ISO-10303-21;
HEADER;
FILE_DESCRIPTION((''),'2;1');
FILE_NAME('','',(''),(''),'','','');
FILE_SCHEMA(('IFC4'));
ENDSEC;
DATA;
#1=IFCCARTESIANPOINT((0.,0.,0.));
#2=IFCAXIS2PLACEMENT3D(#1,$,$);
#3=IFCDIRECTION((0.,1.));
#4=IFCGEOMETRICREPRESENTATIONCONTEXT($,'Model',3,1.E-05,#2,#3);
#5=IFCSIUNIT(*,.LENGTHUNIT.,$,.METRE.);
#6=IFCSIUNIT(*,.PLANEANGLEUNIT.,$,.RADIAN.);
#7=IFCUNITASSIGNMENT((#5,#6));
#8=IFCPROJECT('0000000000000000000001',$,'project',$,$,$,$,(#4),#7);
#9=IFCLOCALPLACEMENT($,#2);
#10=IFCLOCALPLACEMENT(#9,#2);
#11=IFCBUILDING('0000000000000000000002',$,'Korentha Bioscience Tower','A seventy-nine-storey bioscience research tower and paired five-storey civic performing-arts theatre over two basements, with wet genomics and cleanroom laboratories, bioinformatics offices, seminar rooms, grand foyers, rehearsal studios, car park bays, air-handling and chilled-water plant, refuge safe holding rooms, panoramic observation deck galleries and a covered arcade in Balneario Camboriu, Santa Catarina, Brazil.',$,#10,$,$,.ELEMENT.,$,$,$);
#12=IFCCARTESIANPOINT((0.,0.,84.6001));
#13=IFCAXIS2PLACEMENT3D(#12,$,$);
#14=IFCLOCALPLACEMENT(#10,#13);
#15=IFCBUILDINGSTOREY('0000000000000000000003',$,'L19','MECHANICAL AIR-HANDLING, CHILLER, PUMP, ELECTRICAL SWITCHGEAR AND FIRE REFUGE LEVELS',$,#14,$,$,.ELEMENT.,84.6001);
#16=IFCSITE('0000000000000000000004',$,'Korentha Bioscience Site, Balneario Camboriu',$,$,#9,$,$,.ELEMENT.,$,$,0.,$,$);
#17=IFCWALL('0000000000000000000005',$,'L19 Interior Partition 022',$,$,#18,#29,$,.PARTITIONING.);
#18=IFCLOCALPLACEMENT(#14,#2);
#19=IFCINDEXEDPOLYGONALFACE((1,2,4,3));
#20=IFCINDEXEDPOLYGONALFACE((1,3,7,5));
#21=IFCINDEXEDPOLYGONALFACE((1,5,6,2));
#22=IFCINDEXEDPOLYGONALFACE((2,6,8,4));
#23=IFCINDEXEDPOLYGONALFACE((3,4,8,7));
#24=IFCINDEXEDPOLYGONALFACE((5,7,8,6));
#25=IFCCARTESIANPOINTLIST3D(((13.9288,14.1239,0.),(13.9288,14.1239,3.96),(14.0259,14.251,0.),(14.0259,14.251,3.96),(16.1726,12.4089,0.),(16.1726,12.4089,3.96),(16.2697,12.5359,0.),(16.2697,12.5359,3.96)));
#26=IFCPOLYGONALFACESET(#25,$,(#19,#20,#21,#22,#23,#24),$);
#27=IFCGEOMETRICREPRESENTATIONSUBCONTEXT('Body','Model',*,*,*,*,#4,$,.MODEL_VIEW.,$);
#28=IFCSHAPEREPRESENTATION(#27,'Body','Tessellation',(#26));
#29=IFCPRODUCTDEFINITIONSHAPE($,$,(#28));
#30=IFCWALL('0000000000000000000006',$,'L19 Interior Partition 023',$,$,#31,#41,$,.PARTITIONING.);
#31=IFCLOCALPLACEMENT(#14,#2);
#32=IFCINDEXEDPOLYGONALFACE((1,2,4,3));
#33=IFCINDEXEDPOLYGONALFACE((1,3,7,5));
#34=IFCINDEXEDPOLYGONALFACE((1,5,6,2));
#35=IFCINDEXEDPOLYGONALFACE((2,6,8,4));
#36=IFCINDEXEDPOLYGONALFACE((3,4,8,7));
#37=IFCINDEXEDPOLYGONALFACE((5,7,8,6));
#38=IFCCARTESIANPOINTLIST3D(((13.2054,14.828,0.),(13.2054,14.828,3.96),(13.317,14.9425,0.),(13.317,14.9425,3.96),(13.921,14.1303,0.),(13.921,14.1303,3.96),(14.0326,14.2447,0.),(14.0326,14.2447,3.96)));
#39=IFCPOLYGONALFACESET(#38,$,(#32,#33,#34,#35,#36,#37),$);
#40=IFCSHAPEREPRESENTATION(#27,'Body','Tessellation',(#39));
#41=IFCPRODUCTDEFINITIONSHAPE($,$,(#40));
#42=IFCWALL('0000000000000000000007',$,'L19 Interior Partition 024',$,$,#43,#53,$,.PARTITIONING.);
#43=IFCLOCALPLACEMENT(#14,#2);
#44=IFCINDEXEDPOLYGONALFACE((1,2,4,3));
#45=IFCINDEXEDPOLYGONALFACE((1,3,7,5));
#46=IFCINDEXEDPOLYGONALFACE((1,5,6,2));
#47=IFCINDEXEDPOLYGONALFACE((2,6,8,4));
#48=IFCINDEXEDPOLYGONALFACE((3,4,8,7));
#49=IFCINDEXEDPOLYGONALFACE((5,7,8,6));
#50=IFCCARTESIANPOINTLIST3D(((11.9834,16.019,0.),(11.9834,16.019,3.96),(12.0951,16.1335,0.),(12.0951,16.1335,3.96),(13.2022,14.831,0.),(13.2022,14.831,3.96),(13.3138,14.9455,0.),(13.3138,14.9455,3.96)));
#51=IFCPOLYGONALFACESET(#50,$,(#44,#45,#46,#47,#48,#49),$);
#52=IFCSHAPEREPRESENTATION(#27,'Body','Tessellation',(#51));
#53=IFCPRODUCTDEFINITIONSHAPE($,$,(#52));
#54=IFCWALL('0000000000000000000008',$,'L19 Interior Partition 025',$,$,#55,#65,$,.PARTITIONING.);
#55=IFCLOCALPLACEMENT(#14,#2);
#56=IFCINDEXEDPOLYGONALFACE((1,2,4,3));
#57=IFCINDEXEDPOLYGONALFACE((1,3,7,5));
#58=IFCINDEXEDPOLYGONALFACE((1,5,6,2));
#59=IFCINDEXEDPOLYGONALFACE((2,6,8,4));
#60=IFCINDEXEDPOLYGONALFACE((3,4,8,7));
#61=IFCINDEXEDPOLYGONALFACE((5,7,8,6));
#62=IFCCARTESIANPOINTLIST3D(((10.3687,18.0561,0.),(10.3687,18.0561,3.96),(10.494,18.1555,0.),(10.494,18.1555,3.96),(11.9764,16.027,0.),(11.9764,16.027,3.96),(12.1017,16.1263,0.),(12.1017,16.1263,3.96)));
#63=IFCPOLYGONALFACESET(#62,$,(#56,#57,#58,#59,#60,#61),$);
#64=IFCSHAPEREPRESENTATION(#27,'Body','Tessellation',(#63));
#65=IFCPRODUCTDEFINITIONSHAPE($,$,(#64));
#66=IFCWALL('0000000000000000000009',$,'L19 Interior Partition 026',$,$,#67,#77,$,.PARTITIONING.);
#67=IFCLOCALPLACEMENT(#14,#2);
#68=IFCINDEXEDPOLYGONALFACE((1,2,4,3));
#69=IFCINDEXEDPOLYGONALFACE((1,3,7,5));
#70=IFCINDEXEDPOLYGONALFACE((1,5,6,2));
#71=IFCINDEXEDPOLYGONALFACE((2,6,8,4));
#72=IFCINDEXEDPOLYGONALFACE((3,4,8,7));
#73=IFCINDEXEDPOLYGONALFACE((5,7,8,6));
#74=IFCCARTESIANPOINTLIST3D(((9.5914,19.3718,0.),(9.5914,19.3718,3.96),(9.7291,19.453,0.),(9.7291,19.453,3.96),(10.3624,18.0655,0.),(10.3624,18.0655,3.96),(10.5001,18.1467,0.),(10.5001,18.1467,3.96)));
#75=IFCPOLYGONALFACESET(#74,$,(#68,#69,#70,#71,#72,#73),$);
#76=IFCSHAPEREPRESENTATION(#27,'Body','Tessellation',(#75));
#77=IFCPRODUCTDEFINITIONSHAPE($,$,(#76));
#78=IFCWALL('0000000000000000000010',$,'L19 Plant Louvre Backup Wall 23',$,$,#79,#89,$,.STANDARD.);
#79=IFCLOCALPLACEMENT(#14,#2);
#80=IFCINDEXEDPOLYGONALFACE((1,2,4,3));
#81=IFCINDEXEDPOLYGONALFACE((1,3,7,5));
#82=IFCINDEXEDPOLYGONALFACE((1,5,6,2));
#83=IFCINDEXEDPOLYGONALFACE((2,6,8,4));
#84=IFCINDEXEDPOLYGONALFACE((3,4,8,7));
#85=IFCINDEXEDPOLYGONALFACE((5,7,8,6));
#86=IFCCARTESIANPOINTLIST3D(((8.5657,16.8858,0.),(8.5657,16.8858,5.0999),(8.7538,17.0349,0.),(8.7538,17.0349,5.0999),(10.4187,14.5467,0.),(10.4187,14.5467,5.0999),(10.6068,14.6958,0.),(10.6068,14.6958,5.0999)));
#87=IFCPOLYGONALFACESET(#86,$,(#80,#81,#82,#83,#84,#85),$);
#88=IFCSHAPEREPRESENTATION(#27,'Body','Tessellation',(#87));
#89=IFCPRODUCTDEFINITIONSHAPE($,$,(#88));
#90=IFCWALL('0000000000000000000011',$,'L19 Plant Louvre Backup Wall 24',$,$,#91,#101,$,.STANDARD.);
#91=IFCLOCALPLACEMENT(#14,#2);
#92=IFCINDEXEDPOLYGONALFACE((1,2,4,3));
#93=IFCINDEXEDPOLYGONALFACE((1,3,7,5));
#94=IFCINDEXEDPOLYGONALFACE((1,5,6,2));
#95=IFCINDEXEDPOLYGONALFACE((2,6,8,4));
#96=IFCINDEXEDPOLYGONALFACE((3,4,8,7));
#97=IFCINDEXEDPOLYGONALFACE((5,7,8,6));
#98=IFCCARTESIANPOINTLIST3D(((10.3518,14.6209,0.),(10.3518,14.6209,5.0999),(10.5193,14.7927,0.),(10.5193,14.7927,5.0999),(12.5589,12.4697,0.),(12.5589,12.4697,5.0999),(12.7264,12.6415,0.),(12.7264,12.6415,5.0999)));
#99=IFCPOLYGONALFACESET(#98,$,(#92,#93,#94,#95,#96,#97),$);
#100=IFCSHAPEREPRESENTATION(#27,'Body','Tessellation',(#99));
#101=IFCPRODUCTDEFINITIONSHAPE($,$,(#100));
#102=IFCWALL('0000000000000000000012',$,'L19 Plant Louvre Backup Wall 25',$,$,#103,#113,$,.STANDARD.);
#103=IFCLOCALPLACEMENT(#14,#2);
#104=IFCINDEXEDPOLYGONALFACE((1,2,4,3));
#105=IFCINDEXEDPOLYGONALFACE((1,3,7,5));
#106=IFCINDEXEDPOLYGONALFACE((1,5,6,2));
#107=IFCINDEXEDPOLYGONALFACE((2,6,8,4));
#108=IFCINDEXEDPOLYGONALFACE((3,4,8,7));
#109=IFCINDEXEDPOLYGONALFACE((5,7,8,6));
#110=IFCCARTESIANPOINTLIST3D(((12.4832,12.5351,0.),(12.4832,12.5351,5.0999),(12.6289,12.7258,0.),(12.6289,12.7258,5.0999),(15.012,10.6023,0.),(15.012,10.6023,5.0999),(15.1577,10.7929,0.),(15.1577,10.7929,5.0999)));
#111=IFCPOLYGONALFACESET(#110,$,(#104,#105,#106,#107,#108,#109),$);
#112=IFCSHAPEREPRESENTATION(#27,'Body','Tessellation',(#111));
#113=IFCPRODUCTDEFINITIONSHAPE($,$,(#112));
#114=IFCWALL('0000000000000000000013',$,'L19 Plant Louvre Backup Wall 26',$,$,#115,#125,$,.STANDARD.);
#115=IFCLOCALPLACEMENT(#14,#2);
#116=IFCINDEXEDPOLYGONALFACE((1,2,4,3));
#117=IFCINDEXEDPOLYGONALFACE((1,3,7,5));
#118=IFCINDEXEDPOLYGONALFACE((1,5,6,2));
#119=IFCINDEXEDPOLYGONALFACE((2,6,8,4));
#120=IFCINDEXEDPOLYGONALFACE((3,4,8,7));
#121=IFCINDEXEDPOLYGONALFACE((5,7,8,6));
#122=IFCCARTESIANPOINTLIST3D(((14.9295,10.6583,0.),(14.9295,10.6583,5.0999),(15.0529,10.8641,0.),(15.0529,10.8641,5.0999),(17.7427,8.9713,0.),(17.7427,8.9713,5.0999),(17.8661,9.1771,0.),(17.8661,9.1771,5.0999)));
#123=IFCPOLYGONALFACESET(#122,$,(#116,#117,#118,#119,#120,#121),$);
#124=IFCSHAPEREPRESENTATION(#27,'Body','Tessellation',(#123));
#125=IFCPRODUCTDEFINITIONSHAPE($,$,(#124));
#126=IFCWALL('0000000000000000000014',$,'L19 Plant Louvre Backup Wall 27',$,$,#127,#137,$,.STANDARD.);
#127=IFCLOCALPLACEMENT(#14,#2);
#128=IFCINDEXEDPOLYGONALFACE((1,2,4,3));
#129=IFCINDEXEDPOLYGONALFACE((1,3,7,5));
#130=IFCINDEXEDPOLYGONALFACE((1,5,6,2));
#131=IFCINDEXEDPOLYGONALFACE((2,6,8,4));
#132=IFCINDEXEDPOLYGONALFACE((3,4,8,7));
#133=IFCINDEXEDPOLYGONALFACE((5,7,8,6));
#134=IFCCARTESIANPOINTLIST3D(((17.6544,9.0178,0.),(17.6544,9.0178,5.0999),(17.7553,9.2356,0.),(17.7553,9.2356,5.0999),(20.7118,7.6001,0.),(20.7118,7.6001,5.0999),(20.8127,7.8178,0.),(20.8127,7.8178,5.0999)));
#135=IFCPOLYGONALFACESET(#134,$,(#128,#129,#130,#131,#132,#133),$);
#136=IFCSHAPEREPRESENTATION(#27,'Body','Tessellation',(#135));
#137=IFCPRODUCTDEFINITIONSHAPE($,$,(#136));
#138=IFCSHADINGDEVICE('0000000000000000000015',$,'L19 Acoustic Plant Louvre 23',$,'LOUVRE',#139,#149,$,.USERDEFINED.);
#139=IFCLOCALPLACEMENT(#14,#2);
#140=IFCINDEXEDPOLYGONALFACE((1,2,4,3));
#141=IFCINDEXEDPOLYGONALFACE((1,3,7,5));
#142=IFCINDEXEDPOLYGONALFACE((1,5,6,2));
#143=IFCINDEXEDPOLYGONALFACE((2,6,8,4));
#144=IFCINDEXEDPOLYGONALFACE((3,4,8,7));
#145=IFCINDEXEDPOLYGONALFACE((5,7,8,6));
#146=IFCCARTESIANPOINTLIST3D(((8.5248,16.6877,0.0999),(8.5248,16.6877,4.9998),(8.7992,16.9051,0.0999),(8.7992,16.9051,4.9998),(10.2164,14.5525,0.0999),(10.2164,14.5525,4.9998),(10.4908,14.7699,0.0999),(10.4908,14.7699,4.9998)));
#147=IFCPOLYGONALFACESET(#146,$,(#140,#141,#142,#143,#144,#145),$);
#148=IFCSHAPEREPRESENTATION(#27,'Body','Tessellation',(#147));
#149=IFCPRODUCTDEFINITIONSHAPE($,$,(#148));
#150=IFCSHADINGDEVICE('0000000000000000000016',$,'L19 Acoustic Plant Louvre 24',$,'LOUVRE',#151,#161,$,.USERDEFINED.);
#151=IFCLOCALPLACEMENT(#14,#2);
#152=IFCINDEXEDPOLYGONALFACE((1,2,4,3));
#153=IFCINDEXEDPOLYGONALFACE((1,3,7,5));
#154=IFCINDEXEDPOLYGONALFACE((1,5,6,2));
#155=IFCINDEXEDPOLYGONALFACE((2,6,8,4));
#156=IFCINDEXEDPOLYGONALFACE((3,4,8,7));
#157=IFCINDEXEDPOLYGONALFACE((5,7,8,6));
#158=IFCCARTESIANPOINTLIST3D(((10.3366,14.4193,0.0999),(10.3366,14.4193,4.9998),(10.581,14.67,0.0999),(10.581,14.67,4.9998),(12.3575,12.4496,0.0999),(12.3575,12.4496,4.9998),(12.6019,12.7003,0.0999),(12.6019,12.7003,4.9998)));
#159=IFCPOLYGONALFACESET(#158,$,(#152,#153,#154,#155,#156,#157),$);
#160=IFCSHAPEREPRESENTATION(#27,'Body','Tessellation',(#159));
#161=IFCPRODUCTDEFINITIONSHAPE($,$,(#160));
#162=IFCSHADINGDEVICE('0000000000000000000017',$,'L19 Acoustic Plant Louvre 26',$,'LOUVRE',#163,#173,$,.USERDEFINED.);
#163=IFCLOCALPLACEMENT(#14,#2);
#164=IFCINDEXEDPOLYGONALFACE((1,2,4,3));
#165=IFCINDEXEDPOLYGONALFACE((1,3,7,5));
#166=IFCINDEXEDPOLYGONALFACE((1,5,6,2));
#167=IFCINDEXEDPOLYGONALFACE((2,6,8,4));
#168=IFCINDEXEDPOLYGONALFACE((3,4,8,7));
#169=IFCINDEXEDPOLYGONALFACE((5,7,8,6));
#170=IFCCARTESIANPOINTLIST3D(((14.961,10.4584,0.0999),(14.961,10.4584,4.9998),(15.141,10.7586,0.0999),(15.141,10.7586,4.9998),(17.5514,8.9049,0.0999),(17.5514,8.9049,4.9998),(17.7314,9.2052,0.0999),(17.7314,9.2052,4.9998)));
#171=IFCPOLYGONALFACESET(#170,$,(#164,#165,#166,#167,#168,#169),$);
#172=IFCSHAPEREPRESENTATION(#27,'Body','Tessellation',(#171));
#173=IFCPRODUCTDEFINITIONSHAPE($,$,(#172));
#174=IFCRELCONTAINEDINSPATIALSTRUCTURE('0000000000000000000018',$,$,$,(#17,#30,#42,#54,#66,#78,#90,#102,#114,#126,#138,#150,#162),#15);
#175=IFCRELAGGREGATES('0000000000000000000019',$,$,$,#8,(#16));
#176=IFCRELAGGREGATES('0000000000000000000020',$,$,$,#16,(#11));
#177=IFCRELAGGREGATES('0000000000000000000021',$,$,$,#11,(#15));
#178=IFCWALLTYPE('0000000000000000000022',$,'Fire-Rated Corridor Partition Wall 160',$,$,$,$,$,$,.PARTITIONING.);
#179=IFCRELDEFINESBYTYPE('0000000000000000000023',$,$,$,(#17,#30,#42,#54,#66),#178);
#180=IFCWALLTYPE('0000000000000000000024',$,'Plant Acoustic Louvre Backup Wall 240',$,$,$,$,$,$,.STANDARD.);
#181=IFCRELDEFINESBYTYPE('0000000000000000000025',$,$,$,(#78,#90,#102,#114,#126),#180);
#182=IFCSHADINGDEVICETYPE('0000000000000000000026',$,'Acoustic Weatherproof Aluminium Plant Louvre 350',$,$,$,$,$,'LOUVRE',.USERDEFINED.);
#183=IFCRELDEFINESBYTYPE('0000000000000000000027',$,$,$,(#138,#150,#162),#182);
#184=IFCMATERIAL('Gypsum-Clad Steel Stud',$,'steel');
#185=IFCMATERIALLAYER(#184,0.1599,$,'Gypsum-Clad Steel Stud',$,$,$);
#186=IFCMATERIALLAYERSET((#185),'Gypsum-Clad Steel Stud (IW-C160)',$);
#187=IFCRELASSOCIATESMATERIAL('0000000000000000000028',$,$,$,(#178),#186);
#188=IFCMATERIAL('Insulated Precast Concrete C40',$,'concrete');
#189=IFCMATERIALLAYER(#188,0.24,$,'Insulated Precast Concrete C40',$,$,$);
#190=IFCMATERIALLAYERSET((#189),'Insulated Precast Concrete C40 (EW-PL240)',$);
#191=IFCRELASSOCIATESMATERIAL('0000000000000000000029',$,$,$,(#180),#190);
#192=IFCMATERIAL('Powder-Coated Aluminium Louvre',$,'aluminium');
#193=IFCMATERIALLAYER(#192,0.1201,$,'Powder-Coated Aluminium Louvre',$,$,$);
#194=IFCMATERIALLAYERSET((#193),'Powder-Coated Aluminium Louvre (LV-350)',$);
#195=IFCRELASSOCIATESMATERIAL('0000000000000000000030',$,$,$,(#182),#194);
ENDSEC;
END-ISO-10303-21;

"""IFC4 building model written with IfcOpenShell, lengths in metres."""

from ifc_helpers import new_model, si_unit, direction, frame, frame_2d, origin, origin_2d, place, context, subcontext, project, spatial, rectangle, extrude, material, layer, layer_set, type_object, element, save


model = new_model("IFC4")

# Units and contexts
model_context = context("Model", 3, precision=1e-05, world=origin(), true_north=direction((0.0, 1.0)))
body_context = subcontext(model_context, "Body", "Model", "MODEL_VIEW")
ifc_project = project(units=[si_unit("LENGTHUNIT", "METRE"), si_unit("PLANEANGLEUNIT", "RADIAN")], contexts=[model_context])

# Site, building, storey
site_placement = place(None, origin())
site = spatial("IfcSite", under=ifc_project, at=site_placement, Name="Korentha Bioscience Site, Balneario Camboriu", CompositionType="ELEMENT", RefElevation=0.0)
building_placement = place(site_placement, origin())
building = spatial("IfcBuilding", under=site, at=building_placement, Name="Korentha Bioscience Tower", Description="A seventy-nine-storey bioscience research tower and paired five-storey civic performing-arts theatre over two basements, with wet genomics and cleanroom laboratories, bioinformatics offices, seminar rooms, grand foyers, rehearsal studios, car park bays, air-handling and chilled-water plant, refuge safe holding rooms, panoramic observation deck galleries and a covered arcade in Balneario Camboriu, Santa Catarina, Brazil.", CompositionType="ELEMENT")
storey_placement = place(building_placement, frame((0.0, 0.0, 84.6001)))
storey = spatial("IfcBuildingStorey", under=building, at=storey_placement, Name="L19", Description="MECHANICAL AIR-HANDLING, CHILLER, PUMP, ELECTRICAL SWITCHGEAR AND FIRE REFUGE LEVELS", CompositionType="ELEMENT", Elevation=84.6001)

# Walls
ifc_material_1 = material(Name="Gypsum-Clad Steel Stud", Category="steel")
ifc_layer_1 = layer(ifc_material_1, 0.1599, Name="Gypsum-Clad Steel Stud")
ifc_layer_set_1 = layer_set([ifc_layer_1], Name="Gypsum-Clad Steel Stud (IW-C160)")
wall_type_1 = type_object("IfcWallType", Name="Fire-Rated Corridor Partition Wall 160", PredefinedType="PARTITIONING", material=ifc_layer_set_1)
wall_1_placement = place(storey_placement, frame((16.2212, 12.4724, 0.0), z_axis=(0.0, 0.0, 1.0), x_axis=(-0.7945, 0.607264, 0.0)))
element("IfcWall", 1, at=wall_1_placement, inside=storey, type_object=wall_type_1, Name="L19 Interior Partition 022", PredefinedType="PARTITIONING", context=body_context, shape_type="SweptSolid", body=[
    extrude(rectangle(XDim=2.8242, YDim=0.1599, at=frame_2d((1.4121, 0.0))), origin(), (0.0, 0.0, 1.0), 3.96),
])
wall_2_placement = place(storey_placement, frame((13.9768, 14.1875, 0.0), z_axis=(0.0, 0.0, 1.0), x_axis=(-0.715967, 0.698135, 0.0)))
element("IfcWall", 2, at=wall_2_placement, inside=storey, type_object=wall_type_1, Name="L19 Interior Partition 023", PredefinedType="PARTITIONING", context=body_context, shape_type="SweptSolid", body=[
    extrude(rectangle(XDim=0.9995, YDim=0.1599, at=frame_2d((0.4998, 0.0))), origin(), (0.0, 0.0, 1.0), 3.96),
])
wall_3_placement = place(storey_placement, frame((13.2581, 14.8882, 0.0), z_axis=(0.0, 0.0, 1.0), x_axis=(-0.716086, 0.698012, 0.0)))
element("IfcWall", 3, at=wall_3_placement, inside=storey, type_object=wall_type_1, Name="L19 Interior Partition 024", PredefinedType="PARTITIONING", context=body_context, shape_type="SweptSolid", body=[
    extrude(rectangle(XDim=1.7019, YDim=0.1599, at=frame_2d((0.8511, 0.0))), origin(), (0.0, 0.0, 1.0), 3.96),
])
wall_4_placement = place(storey_placement, frame((12.0391, 16.0767, 0.0), z_axis=(0.0, 0.0, 1.0), x_axis=(-0.621019, 0.783795, 0.0)))
element("IfcWall", 4, at=wall_4_placement, inside=storey, type_object=wall_type_1, Name="L19 Interior Partition 025", PredefinedType="PARTITIONING", context=body_context, shape_type="SweptSolid", body=[
    extrude(rectangle(XDim=2.5889, YDim=0.1599, at=frame_2d((1.2944, 0.0))), origin(), (0.0, 0.0, 1.0), 3.96),
])
wall_5_placement = place(storey_placement, frame((10.4312, 18.1062, 0.0), z_axis=(0.0, 0.0, 1.0), x_axis=(-0.508257, 0.861205, 0.0)))
element("IfcWall", 5, at=wall_5_placement, inside=storey, type_object=wall_type_1, Name="L19 Interior Partition 026", PredefinedType="PARTITIONING", context=body_context, shape_type="SweptSolid", body=[
    extrude(rectangle(XDim=1.5168, YDim=0.1599, at=frame_2d((0.7583, 0.0))), origin(), (0.0, 0.0, 1.0), 3.96),
])
ifc_material_2 = material(Name="Insulated Precast Concrete C40", Category="concrete")
ifc_layer_2 = layer(ifc_material_2, 0.24, Name="Insulated Precast Concrete C40")
ifc_layer_set_2 = layer_set([ifc_layer_2], Name="Insulated Precast Concrete C40 (EW-PL240)")
wall_type_2 = type_object("IfcWallType", Name="Plant Acoustic Louvre Backup Wall 240", PredefinedType="STANDARD", material=ifc_layer_set_2)
wall_6_placement = place(storey_placement, frame((8.6597, 16.9604, 0.0), z_axis=(0.0, 0.0, 1.0), x_axis=(0.620956, -0.783845, 0.0)))
element("IfcWall", 6, at=wall_6_placement, inside=storey, type_object=wall_type_2, Name="L19 Plant Louvre Backup Wall 23", PredefinedType="STANDARD", context=body_context, shape_type="SweptSolid", body=[
    extrude(rectangle(XDim=2.9841, YDim=0.24, at=frame_2d((1.4922, 0.0))), origin(), (0.0, 0.0, 1.0), 5.0999),
])
wall_7_placement = place(storey_placement, frame((10.4355, 14.7068, 0.0), z_axis=(0.0, 0.0, 1.0), x_axis=(0.716119, -0.697978, 0.0)))
element("IfcWall", 7, at=wall_7_placement, inside=storey, type_object=wall_type_2, Name="L19 Plant Louvre Backup Wall 24", PredefinedType="STANDARD", context=body_context, shape_type="SweptSolid", body=[
    extrude(rectangle(XDim=3.082, YDim=0.24, at=frame_2d((1.541, 0.0))), origin(), (0.0, 0.0, 1.0), 5.0999),
])
wall_8_placement = place(storey_placement, frame((12.5562, 12.6304, 0.0), z_axis=(0.0, 0.0, 1.0), x_axis=(0.794499, -0.607265, 0.0)))
element("IfcWall", 8, at=wall_8_placement, inside=storey, type_object=wall_type_2, Name="L19 Plant Louvre Backup Wall 25", PredefinedType="STANDARD", context=body_context, shape_type="SweptSolid", body=[
    extrude(rectangle(XDim=3.1829, YDim=0.24, at=frame_2d((1.5913, 0.0))), origin(), (0.0, 0.0, 1.0), 5.0999),
])
wall_9_placement = place(storey_placement, frame((14.9912, 10.7612, 0.0), z_axis=(0.0, 0.0, 1.0), x_axis=(0.857618, -0.514288, 0.0)))
element("IfcWall", 9, at=wall_9_placement, inside=storey, type_object=wall_type_2, Name="L19 Plant Louvre Backup Wall 26", PredefinedType="STANDARD", context=body_context, shape_type="SweptSolid", body=[
    extrude(rectangle(XDim=3.2803, YDim=0.24, at=frame_2d((1.6401, 0.0))), origin(), (0.0, 0.0, 1.0), 5.0999),
])
wall_10_placement = place(storey_placement, frame((17.7048, 9.1267, 0.0), z_axis=(0.0, 0.0, 1.0), x_axis=(0.907209, -0.420679, 0.0)))
element("IfcWall", 10, at=wall_10_placement, inside=storey, type_object=wall_type_2, Name="L19 Plant Louvre Backup Wall 27", PredefinedType="STANDARD", context=body_context, shape_type="SweptSolid", body=[
    extrude(rectangle(XDim=3.3701, YDim=0.24, at=frame_2d((1.6851, 0.0))), origin(), (0.0, 0.0, 1.0), 5.0999),
])

# Shading devices
ifc_material_3 = material(Name="Powder-Coated Aluminium Louvre", Category="aluminium")
ifc_layer_3 = layer(ifc_material_3, 0.1201, Name="Powder-Coated Aluminium Louvre")
ifc_layer_set_3 = layer_set([ifc_layer_3], Name="Powder-Coated Aluminium Louvre (LV-350)")
shading_device_type = type_object("IfcShadingDeviceType", Name="Acoustic Weatherproof Aluminium Plant Louvre 350", ElementType="LOUVRE", PredefinedType="USERDEFINED", material=ifc_layer_set_3)
shading_device_1_placement = place(storey_placement, frame((9.5078, 15.7288, 0.0999), z_axis=(0.0, 0.0, 1.0), x_axis=(0.620992, -0.783817, 0.0)))
element("IfcShadingDevice", 11, at=shading_device_1_placement, inside=storey, type_object=shading_device_type, Name="L19 Acoustic Plant Louvre 23", ObjectType="LOUVRE", PredefinedType="USERDEFINED", context=body_context, shape_type="SweptSolid", body=[
    extrude(rectangle(XDim=2.7241, YDim=0.3501, at=origin_2d()), origin(), (0.0, 0.0, 1.0), 4.8999),
])
shading_device_2_placement = place(storey_placement, frame((11.4692, 13.5598, 0.0999), z_axis=(0.0, 0.0, 1.0), x_axis=(0.716103, -0.697994, 0.0)))
element("IfcShadingDevice", 12, at=shading_device_2_placement, inside=storey, type_object=shading_device_type, Name="L19 Acoustic Plant Louvre 24", ObjectType="LOUVRE", PredefinedType="USERDEFINED", context=body_context, shape_type="SweptSolid", body=[
    extrude(rectangle(XDim=2.822, YDim=0.3501, at=origin_2d()), origin(), (0.0, 0.0, 1.0), 4.8999),
])
shading_device_3_placement = place(storey_placement, frame((16.3462, 9.8318, 0.0999), z_axis=(0.0, 0.0, 1.0), x_axis=(0.857604, -0.514311, 0.0)))
element("IfcShadingDevice", 13, at=shading_device_3_placement, inside=storey, type_object=shading_device_type, Name="L19 Acoustic Plant Louvre 26", ObjectType="LOUVRE", PredefinedType="USERDEFINED", context=body_context, shape_type="SweptSolid", body=[
    extrude(rectangle(XDim=3.0205, YDim=0.3501, at=origin_2d()), origin(), (0.0, 0.0, 1.0), 4.8999),
])

save(model, "model.ifc")
